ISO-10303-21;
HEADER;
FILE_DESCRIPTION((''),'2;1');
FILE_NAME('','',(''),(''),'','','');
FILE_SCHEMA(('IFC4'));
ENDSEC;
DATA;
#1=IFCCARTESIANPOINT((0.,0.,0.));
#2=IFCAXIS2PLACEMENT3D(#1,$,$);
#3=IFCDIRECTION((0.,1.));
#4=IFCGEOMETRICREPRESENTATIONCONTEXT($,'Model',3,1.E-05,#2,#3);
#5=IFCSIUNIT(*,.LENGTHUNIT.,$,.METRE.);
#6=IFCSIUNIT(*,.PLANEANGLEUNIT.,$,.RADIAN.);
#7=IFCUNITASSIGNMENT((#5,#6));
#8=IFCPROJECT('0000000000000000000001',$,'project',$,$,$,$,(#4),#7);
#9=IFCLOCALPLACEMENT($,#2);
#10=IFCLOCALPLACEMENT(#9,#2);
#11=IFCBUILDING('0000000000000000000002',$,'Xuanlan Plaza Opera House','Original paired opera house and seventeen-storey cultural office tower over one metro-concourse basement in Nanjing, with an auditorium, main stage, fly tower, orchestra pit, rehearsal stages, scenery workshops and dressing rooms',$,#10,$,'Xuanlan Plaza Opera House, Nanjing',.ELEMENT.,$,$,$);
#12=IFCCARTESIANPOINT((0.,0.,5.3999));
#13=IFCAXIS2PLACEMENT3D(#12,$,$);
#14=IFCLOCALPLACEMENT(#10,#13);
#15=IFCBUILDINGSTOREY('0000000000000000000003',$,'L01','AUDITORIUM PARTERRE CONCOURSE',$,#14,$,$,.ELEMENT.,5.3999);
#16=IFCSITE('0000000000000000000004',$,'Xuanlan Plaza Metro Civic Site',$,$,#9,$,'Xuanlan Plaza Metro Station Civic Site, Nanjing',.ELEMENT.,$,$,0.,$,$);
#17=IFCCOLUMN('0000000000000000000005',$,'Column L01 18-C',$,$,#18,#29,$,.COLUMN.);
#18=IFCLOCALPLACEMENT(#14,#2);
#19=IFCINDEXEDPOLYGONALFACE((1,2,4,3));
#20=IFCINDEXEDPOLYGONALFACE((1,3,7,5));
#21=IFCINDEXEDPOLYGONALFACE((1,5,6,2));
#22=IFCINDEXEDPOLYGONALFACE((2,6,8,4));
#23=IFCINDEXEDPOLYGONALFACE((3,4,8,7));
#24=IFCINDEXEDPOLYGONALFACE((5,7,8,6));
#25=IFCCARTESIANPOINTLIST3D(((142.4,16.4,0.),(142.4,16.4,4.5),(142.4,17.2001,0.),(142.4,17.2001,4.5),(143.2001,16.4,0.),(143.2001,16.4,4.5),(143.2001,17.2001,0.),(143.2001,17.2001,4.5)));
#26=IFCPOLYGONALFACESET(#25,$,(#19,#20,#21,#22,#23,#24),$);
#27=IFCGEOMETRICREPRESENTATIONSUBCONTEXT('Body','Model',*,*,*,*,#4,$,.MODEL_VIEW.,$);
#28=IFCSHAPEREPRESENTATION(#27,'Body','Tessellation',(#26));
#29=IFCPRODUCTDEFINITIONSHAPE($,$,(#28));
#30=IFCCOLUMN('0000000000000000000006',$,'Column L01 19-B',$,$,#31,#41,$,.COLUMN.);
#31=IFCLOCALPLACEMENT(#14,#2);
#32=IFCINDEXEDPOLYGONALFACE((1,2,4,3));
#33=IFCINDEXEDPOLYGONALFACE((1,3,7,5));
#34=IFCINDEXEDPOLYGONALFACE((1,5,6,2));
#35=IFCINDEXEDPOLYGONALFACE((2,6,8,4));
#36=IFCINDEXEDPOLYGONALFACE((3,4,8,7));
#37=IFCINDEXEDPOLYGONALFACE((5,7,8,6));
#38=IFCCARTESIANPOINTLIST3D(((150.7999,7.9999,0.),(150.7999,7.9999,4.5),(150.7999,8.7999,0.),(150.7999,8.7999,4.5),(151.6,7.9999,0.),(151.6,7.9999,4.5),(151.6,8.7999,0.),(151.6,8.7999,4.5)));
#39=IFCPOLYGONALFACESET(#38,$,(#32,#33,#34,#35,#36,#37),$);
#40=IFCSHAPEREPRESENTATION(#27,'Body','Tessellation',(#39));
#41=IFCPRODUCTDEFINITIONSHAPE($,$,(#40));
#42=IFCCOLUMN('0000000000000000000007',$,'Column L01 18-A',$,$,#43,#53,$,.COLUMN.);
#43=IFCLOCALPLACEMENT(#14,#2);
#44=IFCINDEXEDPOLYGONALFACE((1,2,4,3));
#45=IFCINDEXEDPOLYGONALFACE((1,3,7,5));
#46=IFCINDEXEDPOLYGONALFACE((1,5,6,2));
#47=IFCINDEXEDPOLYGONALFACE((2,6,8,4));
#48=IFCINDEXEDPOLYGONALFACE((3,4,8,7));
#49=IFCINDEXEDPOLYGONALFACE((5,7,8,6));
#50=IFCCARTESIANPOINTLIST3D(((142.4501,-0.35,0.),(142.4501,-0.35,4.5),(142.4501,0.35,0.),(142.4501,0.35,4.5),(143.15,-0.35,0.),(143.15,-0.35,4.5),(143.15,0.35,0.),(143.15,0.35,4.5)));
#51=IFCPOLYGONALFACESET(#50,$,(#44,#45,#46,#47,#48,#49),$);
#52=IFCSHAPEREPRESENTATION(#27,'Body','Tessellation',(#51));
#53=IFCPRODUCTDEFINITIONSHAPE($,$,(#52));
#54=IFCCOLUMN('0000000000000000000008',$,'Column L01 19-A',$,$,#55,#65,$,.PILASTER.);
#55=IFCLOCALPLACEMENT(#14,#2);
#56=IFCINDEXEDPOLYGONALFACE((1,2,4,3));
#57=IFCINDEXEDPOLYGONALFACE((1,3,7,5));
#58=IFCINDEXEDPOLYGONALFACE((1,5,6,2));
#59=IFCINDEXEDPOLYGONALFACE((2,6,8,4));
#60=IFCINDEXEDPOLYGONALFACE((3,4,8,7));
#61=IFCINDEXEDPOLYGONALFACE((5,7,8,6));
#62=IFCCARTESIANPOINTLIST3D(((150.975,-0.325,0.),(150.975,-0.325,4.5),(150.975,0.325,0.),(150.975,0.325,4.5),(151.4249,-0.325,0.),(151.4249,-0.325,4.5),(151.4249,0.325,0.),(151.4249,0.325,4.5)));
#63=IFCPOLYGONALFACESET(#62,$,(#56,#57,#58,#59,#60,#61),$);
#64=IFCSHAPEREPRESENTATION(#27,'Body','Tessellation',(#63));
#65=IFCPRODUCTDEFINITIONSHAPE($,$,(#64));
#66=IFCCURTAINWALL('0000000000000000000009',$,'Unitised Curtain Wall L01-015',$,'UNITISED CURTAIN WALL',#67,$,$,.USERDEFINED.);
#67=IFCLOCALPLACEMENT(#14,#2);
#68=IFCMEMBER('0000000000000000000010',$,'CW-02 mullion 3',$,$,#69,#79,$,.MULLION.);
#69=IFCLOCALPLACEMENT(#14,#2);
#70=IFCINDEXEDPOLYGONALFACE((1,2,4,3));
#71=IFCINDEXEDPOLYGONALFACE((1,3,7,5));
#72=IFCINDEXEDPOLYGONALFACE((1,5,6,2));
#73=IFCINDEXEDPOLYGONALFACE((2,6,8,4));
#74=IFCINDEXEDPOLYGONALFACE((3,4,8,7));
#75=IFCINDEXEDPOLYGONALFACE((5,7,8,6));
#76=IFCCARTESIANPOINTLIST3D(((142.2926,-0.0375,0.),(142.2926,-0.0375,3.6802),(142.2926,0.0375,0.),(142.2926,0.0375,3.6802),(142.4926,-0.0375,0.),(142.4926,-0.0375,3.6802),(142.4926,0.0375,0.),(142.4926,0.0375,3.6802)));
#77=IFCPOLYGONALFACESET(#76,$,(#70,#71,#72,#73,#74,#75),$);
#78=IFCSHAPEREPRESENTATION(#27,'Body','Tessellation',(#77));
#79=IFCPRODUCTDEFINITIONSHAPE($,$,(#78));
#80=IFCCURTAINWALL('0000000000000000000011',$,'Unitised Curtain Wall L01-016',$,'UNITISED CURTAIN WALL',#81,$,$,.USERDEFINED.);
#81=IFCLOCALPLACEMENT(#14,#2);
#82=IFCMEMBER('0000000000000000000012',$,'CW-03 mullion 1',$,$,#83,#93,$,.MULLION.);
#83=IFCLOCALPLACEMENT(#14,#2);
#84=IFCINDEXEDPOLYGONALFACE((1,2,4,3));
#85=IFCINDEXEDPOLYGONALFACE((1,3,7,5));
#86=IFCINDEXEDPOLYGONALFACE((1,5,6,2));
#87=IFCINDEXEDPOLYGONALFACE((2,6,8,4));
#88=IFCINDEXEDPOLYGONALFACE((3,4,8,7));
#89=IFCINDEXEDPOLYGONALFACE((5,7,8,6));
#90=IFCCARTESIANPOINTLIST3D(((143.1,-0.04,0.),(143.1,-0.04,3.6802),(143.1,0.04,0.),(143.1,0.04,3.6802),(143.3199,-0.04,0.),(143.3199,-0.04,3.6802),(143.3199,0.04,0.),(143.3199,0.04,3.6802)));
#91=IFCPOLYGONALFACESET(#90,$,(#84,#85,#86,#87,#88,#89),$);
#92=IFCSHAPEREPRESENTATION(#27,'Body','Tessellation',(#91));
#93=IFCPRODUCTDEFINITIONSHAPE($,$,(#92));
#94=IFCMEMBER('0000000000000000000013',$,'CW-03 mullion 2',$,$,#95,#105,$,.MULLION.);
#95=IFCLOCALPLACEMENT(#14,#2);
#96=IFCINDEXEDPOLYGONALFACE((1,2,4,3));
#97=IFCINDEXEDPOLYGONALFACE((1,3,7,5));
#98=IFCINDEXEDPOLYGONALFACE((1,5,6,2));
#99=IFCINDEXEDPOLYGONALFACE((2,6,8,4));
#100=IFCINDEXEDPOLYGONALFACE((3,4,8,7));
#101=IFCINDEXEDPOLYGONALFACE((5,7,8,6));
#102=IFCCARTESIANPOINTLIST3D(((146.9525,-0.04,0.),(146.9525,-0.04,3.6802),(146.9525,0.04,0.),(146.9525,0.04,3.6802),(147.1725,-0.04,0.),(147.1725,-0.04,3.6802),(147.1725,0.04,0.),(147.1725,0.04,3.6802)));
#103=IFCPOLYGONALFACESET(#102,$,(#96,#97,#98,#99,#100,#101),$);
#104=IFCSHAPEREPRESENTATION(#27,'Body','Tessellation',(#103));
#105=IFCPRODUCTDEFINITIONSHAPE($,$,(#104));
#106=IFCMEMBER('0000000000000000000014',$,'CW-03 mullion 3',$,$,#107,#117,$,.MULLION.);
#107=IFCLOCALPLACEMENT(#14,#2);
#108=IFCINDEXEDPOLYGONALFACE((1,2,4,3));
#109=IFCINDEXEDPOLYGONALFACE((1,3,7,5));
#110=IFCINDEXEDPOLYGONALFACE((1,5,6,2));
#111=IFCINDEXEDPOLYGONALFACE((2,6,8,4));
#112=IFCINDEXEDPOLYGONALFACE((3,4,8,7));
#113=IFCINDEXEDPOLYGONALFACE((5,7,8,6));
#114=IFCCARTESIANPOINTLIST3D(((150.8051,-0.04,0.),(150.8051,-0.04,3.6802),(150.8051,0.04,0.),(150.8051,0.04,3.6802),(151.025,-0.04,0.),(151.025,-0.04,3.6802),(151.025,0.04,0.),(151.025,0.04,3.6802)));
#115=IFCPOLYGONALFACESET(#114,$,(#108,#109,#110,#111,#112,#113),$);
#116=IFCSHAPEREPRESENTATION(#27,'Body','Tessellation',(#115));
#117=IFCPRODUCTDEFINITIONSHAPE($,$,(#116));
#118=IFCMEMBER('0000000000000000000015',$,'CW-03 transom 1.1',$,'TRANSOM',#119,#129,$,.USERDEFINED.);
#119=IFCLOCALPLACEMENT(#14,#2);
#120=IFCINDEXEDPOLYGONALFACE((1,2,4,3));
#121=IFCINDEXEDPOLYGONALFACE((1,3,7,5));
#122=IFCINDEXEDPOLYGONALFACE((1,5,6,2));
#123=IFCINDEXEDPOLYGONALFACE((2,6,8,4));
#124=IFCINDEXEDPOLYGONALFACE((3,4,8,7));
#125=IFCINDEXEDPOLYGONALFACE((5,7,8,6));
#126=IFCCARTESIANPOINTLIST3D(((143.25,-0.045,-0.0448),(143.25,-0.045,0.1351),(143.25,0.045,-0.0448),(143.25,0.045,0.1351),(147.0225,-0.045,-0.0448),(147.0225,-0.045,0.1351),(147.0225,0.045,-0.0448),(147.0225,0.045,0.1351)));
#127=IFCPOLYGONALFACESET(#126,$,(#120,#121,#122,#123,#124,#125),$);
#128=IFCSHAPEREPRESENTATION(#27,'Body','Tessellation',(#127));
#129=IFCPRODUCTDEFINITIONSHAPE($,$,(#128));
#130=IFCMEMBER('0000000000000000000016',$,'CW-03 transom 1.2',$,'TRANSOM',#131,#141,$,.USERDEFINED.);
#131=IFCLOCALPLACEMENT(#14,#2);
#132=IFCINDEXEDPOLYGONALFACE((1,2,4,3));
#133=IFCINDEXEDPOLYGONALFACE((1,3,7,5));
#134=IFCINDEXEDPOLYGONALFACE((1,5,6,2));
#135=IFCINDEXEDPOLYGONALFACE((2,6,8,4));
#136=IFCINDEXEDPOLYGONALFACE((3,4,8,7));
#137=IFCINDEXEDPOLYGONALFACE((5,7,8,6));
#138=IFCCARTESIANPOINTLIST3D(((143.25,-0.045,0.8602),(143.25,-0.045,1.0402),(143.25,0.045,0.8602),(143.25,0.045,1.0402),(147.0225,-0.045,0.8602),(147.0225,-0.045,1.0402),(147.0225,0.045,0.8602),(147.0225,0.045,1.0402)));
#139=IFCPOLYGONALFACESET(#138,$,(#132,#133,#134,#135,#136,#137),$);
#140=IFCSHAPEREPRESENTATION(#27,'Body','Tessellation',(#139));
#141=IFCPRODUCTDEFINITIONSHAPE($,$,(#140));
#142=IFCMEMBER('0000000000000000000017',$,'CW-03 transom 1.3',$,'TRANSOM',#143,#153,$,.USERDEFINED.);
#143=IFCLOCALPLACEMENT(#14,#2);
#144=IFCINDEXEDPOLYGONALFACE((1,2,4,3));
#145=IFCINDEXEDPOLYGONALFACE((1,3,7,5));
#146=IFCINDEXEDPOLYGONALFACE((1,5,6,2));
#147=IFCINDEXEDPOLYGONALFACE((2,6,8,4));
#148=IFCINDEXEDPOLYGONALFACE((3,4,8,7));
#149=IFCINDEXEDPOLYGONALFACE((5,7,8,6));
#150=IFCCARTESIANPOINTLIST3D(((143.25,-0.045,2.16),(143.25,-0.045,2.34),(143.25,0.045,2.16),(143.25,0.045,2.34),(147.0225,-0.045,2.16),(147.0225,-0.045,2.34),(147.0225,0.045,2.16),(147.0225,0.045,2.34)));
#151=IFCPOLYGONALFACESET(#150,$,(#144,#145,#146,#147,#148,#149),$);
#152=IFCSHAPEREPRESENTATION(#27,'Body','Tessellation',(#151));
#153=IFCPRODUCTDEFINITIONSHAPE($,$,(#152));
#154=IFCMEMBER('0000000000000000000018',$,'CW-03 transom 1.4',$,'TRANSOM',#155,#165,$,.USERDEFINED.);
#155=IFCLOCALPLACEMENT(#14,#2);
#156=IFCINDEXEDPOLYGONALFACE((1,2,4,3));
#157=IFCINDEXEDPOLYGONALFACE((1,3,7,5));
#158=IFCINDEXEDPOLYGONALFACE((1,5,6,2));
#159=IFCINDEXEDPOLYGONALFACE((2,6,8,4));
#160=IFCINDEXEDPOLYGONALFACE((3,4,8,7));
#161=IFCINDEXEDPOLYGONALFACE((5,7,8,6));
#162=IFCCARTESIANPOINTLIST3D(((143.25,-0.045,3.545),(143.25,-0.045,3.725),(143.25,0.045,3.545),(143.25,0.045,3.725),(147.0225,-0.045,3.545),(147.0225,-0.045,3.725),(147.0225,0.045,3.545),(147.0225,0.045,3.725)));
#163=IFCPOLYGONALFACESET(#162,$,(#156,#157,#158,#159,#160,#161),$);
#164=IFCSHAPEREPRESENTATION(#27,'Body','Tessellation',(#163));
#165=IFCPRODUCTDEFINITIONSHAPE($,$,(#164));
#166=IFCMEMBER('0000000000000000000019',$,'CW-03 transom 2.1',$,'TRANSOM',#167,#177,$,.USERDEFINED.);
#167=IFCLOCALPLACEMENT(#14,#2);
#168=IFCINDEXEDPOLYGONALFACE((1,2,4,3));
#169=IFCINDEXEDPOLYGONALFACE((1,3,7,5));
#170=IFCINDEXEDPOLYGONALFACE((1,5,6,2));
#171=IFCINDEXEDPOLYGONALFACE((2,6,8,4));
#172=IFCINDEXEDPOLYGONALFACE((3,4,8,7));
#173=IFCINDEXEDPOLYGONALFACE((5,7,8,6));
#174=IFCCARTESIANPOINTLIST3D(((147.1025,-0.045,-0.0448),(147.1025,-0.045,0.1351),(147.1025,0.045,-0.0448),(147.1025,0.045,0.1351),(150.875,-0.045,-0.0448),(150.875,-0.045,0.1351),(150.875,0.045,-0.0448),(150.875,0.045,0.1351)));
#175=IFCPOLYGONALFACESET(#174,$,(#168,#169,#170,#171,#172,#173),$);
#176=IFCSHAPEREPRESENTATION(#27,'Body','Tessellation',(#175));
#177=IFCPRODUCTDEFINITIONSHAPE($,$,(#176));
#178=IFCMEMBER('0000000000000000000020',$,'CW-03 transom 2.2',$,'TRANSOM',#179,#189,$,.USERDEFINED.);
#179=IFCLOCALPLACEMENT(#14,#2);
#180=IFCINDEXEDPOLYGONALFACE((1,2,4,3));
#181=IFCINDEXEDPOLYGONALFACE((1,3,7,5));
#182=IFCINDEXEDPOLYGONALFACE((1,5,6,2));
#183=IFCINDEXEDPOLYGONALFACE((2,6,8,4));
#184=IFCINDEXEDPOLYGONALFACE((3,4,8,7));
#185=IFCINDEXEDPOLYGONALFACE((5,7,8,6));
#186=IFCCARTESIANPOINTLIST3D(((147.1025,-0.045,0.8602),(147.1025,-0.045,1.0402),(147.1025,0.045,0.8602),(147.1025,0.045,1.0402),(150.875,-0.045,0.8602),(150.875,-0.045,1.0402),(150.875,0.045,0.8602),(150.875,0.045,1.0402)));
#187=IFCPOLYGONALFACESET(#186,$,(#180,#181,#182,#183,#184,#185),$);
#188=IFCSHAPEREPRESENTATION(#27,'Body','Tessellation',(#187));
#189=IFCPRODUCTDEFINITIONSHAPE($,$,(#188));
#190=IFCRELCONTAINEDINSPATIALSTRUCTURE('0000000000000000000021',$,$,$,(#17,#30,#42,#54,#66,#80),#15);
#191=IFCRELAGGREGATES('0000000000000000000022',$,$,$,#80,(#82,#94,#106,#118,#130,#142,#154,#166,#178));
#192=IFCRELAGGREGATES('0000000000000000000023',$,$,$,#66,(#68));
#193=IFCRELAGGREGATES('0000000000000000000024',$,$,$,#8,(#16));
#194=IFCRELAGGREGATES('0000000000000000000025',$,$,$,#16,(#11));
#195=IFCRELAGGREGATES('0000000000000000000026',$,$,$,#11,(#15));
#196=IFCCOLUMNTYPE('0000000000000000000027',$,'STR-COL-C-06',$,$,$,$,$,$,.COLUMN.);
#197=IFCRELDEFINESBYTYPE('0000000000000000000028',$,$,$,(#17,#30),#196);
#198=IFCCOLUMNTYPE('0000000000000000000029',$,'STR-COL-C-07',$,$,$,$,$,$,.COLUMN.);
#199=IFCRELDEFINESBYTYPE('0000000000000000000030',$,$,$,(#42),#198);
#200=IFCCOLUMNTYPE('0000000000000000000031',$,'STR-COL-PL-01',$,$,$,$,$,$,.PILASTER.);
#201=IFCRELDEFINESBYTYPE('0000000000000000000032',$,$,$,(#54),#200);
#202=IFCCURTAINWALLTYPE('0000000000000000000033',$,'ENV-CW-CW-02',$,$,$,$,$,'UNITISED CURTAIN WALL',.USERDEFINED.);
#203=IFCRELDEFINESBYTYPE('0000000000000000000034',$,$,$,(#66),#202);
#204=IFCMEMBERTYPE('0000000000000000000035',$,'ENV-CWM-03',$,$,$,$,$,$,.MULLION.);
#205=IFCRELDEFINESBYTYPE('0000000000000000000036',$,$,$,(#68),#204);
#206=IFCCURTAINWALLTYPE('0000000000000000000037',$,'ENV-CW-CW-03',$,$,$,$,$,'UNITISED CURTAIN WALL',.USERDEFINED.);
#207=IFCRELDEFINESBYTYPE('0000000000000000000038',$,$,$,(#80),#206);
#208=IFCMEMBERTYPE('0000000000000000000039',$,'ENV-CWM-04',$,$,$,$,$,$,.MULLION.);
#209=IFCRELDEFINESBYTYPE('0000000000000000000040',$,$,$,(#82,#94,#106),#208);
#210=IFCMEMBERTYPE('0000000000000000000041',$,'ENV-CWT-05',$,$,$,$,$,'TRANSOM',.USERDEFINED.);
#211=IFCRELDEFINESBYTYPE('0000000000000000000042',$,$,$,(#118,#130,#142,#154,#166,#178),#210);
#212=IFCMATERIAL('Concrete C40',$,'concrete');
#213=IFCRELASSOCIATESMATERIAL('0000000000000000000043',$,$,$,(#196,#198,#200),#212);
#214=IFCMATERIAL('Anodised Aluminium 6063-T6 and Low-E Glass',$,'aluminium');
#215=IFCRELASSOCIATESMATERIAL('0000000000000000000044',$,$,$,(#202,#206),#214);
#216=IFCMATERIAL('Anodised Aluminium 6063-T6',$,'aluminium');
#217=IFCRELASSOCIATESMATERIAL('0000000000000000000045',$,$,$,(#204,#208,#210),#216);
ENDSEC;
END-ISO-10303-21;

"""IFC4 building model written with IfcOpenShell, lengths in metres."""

from ifc_helpers import new_model, si_unit, direction, frame, origin, origin_2d, place, context, subcontext, project, spatial, rectangle, extrude, material, material_profile, profile_set, type_object, element, aggregate, save


model = new_model("IFC4")

# Units and contexts
model_context = context("Model", 3, precision=1e-05, world=origin(), true_north=direction((0.0, 1.0)))
body_context = subcontext(model_context, "Body", "Model", "MODEL_VIEW")
ifc_project = project(units=[si_unit("LENGTHUNIT", "METRE"), si_unit("PLANEANGLEUNIT", "RADIAN")], contexts=[model_context])

# Site, building, storey
site_placement = place(None, origin())
site = spatial("IfcSite", under=ifc_project, at=site_placement, Name="Xuanlan Plaza Metro Civic Site", LongName="Xuanlan Plaza Metro Station Civic Site, Nanjing", CompositionType="ELEMENT", RefElevation=0.0)
building_placement = place(site_placement, origin())
building = spatial("IfcBuilding", under=site, at=building_placement, Name="Xuanlan Plaza Opera House", Description="Original paired opera house and seventeen-storey cultural office tower over one metro-concourse basement in Nanjing, with an auditorium, main stage, fly tower, orchestra pit, rehearsal stages, scenery workshops and dressing rooms", LongName="Xuanlan Plaza Opera House, Nanjing", CompositionType="ELEMENT")
storey_placement = place(building_placement, frame((0.0, 0.0, 5.3999)))
storey = spatial("IfcBuildingStorey", under=building, at=storey_placement, Name="L01", Description="AUDITORIUM PARTERRE CONCOURSE", CompositionType="ELEMENT", Elevation=5.3999)

# Columns
ifc_material_1 = material(Name="Concrete C40", Category="concrete")
ifc_material_profile_1 = material_profile(ifc_material_1, rectangle(XDim=0.8, YDim=0.8, at=origin_2d()), Name="RC-COL 800x800")
ifc_profile_set_1 = profile_set([ifc_material_profile_1], Name="Concrete C40")
column_type_1 = type_object("IfcColumnType", Name="STR-COL-C-06", PredefinedType="COLUMN", material=ifc_profile_set_1)
for number, where, z_axis, x_axis, name in (
    (1, (142.8, 16.8, 0.0), (0.0, 0.0, 1.0), (1.0, 0.0, 0.0), "Column L01 18-C"),
    (2, (151.2, 8.3999, 0.0), (0.0, 0.0, 1.0), (1.0, 0.0, 0.0), "Column L01 19-B"),
):
    element("IfcColumn", number, at=place(storey_placement, frame(where, z_axis=z_axis, x_axis=x_axis)), inside=storey, type_object=column_type_1, Name=name, PredefinedType="COLUMN", context=body_context, shape_type="SweptSolid", body=[
        extrude(rectangle(XDim=0.8, YDim=0.8, at=origin_2d()), origin(), (0.0, 0.0, 1.0), 4.5),
    ])
ifc_material_profile_2 = material_profile(ifc_material_1, rectangle(XDim=0.7, YDim=0.7, at=origin_2d()), Name="RC-COL 700x700")
ifc_profile_set_2 = profile_set([ifc_material_profile_2], Name="Concrete C40")
column_type_2 = type_object("IfcColumnType", Name="STR-COL-C-07", PredefinedType="COLUMN", material=ifc_profile_set_2)
column_1_placement = place(storey_placement, frame((142.8, 0.0, 0.0), z_axis=(0.0, 0.0, 1.0), x_axis=(1.0, 0.0, 0.0)))
element("IfcColumn", 3, at=column_1_placement, inside=storey, type_object=column_type_2, Name="Column L01 18-A", PredefinedType="COLUMN", context=body_context, shape_type="SweptSolid", body=[
    extrude(rectangle(XDim=0.7, YDim=0.7, at=origin_2d()), origin(), (0.0, 0.0, 1.0), 4.5),
])
ifc_material_profile_3 = material_profile(ifc_material_1, rectangle(XDim=0.45, YDim=0.6499, at=origin_2d()), Name="RC-PIL 450x650")
ifc_profile_set_3 = profile_set([ifc_material_profile_3], Name="Concrete C40")
column_type_3 = type_object("IfcColumnType", Name="STR-COL-PL-01", PredefinedType="PILASTER", material=ifc_profile_set_3)
column_2_placement = place(storey_placement, frame((151.2, 0.0, 0.0), z_axis=(0.0, 0.0, 1.0), x_axis=(1.0, 0.0, 0.0)))
element("IfcColumn", 4, at=column_2_placement, inside=storey, type_object=column_type_3, Name="Column L01 19-A", PredefinedType="PILASTER", context=body_context, shape_type="SweptSolid", body=[
    extrude(rectangle(XDim=0.45, YDim=0.6499, at=origin_2d()), origin(), (0.0, 0.0, 1.0), 4.5),
])

# Curtain wall, member
ifc_material_2 = material(Name="Anodised Aluminium 6063-T6 and Low-E Glass", Category="aluminium")
curtain_wall_type_1 = type_object("IfcCurtainWallType", Name="ENV-CW-CW-02", ElementType="UNITISED CURTAIN WALL", PredefinedType="USERDEFINED", material=ifc_material_2)
curtain_wall_1_placement = place(storey_placement, origin())
curtain_wall_1 = element("IfcCurtainWall", 5, at=curtain_wall_1_placement, inside=storey, type_object=curtain_wall_type_1, Name="Unitised Curtain Wall L01-015", ObjectType="UNITISED CURTAIN WALL", PredefinedType="USERDEFINED")
ifc_material_3 = material(Name="Anodised Aluminium 6063-T6", Category="aluminium")
ifc_material_profile_4 = material_profile(ifc_material_3, rectangle(XDim=0.075, YDim=0.2, at=origin_2d()), Name="ALU-M 75x200")
ifc_profile_set_4 = profile_set([ifc_material_profile_4], Name="Anodised Aluminium 6063-T6")
member_type_1 = type_object("IfcMemberType", Name="ENV-CWM-03", PredefinedType="MULLION", material=ifc_profile_set_4)
member_1_placement = place(storey_placement, frame((142.3926, 0.0, 0.0), z_axis=(0.0, 0.0, 1.0), x_axis=(0.0, 1.0, 0.0)))
member_1 = element("IfcMember", 6, at=member_1_placement, type_object=member_type_1, Name="CW-02 mullion 3", PredefinedType="MULLION", context=body_context, shape_type="SweptSolid", body=[
    extrude(rectangle(XDim=0.075, YDim=0.2, at=origin_2d()), origin(), (0.0, 0.0, 1.0), 3.6802),
])

# Curtain wall, members
curtain_wall_type_2 = type_object("IfcCurtainWallType", Name="ENV-CW-CW-03", ElementType="UNITISED CURTAIN WALL", PredefinedType="USERDEFINED", material=ifc_material_2)
curtain_wall_2_placement = place(storey_placement, origin())
curtain_wall_2 = element("IfcCurtainWall", 7, at=curtain_wall_2_placement, inside=storey, type_object=curtain_wall_type_2, Name="Unitised Curtain Wall L01-016", ObjectType="UNITISED CURTAIN WALL", PredefinedType="USERDEFINED")
ifc_material_profile_5 = material_profile(ifc_material_3, rectangle(XDim=0.0801, YDim=0.22, at=origin_2d()), Name="ALU-M 80x220")
ifc_profile_set_5 = profile_set([ifc_material_profile_5], Name="Anodised Aluminium 6063-T6")
member_type_2 = type_object("IfcMemberType", Name="ENV-CWM-04", PredefinedType="MULLION", material=ifc_profile_set_5)
member_2_placement = place(storey_placement, frame((143.21, 0.0, 0.0), z_axis=(0.0, 0.0, 1.0), x_axis=(0.0, 1.0, 0.0)))
member_2 = element("IfcMember", 8, at=member_2_placement, type_object=member_type_2, Name="CW-03 mullion 1", PredefinedType="MULLION", context=body_context, shape_type="SweptSolid", body=[
    extrude(rectangle(XDim=0.0801, YDim=0.22, at=origin_2d()), origin(), (0.0, 0.0, 1.0), 3.6802),
])
member_3_placement = place(storey_placement, frame((147.0625, 0.0, 0.0), z_axis=(0.0, 0.0, 1.0), x_axis=(0.0, 1.0, 0.0)))
member_3 = element("IfcMember", 9, at=member_3_placement, type_object=member_type_2, Name="CW-03 mullion 2", PredefinedType="MULLION", context=body_context, shape_type="SweptSolid", body=[
    extrude(rectangle(XDim=0.0801, YDim=0.22, at=origin_2d()), origin(), (0.0, 0.0, 1.0), 3.6802),
])
member_4_placement = place(storey_placement, frame((150.915, 0.0, 0.0), z_axis=(0.0, 0.0, 1.0), x_axis=(0.0, 1.0, 0.0)))
member_4 = element("IfcMember", 10, at=member_4_placement, type_object=member_type_2, Name="CW-03 mullion 3", PredefinedType="MULLION", context=body_context, shape_type="SweptSolid", body=[
    extrude(rectangle(XDim=0.0801, YDim=0.22, at=origin_2d()), origin(), (0.0, 0.0, 1.0), 3.6802),
])
ifc_material_profile_6 = material_profile(ifc_material_3, rectangle(XDim=0.0901, YDim=0.1799, at=origin_2d()), Name="ALU-T 90x180")
ifc_profile_set_6 = profile_set([ifc_material_profile_6], Name="Anodised Aluminium 6063-T6")
member_type_3 = type_object("IfcMemberType", Name="ENV-CWT-05", ElementType="TRANSOM", PredefinedType="USERDEFINED", material=ifc_profile_set_6)
member_5_placement = place(storey_placement, frame((143.25, 0.0, 0.0452), z_axis=(1.0, 0.0, 0.0), x_axis=(0.0, 1.0, 0.0)))
member_5 = element("IfcMember", 11, at=member_5_placement, type_object=member_type_3, Name="CW-03 transom 1.1", ObjectType="TRANSOM", PredefinedType="USERDEFINED", context=body_context, shape_type="SweptSolid", body=[
    extrude(rectangle(XDim=0.0901, YDim=0.1799, at=origin_2d()), origin(), (0.0, 0.0, 1.0), 3.7725),
])
member_6_placement = place(storey_placement, frame((143.25, 0.0, 0.9502), z_axis=(1.0, 0.0, 0.0), x_axis=(0.0, 1.0, 0.0)))
member_6 = element("IfcMember", 12, at=member_6_placement, type_object=member_type_3, Name="CW-03 transom 1.2", ObjectType="TRANSOM", PredefinedType="USERDEFINED", context=body_context, shape_type="SweptSolid", body=[
    extrude(rectangle(XDim=0.0901, YDim=0.1799, at=origin_2d()), origin(), (0.0, 0.0, 1.0), 3.7725),
])
member_7_placement = place(storey_placement, frame((143.25, 0.0, 2.25), z_axis=(1.0, 0.0, 0.0), x_axis=(0.0, 1.0, 0.0)))
member_7 = element("IfcMember", 13, at=member_7_placement, type_object=member_type_3, Name="CW-03 transom 1.3", ObjectType="TRANSOM", PredefinedType="USERDEFINED", context=body_context, shape_type="SweptSolid", body=[
    extrude(rectangle(XDim=0.0901, YDim=0.1799, at=origin_2d()), origin(), (0.0, 0.0, 1.0), 3.7725),
])
member_8_placement = place(storey_placement, frame((143.25, 0.0, 3.635), z_axis=(1.0, 0.0, 0.0), x_axis=(0.0, 1.0, 0.0)))
member_8 = element("IfcMember", 14, at=member_8_placement, type_object=member_type_3, Name="CW-03 transom 1.4", ObjectType="TRANSOM", PredefinedType="USERDEFINED", context=body_context, shape_type="SweptSolid", body=[
    extrude(rectangle(XDim=0.0901, YDim=0.1799, at=origin_2d()), origin(), (0.0, 0.0, 1.0), 3.7725),
])
member_9_placement = place(storey_placement, frame((147.1025, 0.0, 0.0452), z_axis=(1.0, 0.0, 0.0), x_axis=(0.0, 1.0, 0.0)))
member_9 = element("IfcMember", 15, at=member_9_placement, type_object=member_type_3, Name="CW-03 transom 2.1", ObjectType="TRANSOM", PredefinedType="USERDEFINED", context=body_context, shape_type="SweptSolid", body=[
    extrude(rectangle(XDim=0.0901, YDim=0.1799, at=origin_2d()), origin(), (0.0, 0.0, 1.0), 3.7725),
])
member_10_placement = place(storey_placement, frame((147.1025, 0.0, 0.9502), z_axis=(1.0, 0.0, 0.0), x_axis=(0.0, 1.0, 0.0)))
member_10 = element("IfcMember", 16, at=member_10_placement, type_object=member_type_3, Name="CW-03 transom 2.2", ObjectType="TRANSOM", PredefinedType="USERDEFINED", context=body_context, shape_type="SweptSolid", body=[
    extrude(rectangle(XDim=0.0901, YDim=0.1799, at=origin_2d()), origin(), (0.0, 0.0, 1.0), 3.7725),
])

aggregate(curtain_wall_2, [member_2, member_3, member_4, member_5, member_6, member_7, member_8, member_9, member_10])
aggregate(curtain_wall_1, [member_1])

save(model, "model.ifc")
